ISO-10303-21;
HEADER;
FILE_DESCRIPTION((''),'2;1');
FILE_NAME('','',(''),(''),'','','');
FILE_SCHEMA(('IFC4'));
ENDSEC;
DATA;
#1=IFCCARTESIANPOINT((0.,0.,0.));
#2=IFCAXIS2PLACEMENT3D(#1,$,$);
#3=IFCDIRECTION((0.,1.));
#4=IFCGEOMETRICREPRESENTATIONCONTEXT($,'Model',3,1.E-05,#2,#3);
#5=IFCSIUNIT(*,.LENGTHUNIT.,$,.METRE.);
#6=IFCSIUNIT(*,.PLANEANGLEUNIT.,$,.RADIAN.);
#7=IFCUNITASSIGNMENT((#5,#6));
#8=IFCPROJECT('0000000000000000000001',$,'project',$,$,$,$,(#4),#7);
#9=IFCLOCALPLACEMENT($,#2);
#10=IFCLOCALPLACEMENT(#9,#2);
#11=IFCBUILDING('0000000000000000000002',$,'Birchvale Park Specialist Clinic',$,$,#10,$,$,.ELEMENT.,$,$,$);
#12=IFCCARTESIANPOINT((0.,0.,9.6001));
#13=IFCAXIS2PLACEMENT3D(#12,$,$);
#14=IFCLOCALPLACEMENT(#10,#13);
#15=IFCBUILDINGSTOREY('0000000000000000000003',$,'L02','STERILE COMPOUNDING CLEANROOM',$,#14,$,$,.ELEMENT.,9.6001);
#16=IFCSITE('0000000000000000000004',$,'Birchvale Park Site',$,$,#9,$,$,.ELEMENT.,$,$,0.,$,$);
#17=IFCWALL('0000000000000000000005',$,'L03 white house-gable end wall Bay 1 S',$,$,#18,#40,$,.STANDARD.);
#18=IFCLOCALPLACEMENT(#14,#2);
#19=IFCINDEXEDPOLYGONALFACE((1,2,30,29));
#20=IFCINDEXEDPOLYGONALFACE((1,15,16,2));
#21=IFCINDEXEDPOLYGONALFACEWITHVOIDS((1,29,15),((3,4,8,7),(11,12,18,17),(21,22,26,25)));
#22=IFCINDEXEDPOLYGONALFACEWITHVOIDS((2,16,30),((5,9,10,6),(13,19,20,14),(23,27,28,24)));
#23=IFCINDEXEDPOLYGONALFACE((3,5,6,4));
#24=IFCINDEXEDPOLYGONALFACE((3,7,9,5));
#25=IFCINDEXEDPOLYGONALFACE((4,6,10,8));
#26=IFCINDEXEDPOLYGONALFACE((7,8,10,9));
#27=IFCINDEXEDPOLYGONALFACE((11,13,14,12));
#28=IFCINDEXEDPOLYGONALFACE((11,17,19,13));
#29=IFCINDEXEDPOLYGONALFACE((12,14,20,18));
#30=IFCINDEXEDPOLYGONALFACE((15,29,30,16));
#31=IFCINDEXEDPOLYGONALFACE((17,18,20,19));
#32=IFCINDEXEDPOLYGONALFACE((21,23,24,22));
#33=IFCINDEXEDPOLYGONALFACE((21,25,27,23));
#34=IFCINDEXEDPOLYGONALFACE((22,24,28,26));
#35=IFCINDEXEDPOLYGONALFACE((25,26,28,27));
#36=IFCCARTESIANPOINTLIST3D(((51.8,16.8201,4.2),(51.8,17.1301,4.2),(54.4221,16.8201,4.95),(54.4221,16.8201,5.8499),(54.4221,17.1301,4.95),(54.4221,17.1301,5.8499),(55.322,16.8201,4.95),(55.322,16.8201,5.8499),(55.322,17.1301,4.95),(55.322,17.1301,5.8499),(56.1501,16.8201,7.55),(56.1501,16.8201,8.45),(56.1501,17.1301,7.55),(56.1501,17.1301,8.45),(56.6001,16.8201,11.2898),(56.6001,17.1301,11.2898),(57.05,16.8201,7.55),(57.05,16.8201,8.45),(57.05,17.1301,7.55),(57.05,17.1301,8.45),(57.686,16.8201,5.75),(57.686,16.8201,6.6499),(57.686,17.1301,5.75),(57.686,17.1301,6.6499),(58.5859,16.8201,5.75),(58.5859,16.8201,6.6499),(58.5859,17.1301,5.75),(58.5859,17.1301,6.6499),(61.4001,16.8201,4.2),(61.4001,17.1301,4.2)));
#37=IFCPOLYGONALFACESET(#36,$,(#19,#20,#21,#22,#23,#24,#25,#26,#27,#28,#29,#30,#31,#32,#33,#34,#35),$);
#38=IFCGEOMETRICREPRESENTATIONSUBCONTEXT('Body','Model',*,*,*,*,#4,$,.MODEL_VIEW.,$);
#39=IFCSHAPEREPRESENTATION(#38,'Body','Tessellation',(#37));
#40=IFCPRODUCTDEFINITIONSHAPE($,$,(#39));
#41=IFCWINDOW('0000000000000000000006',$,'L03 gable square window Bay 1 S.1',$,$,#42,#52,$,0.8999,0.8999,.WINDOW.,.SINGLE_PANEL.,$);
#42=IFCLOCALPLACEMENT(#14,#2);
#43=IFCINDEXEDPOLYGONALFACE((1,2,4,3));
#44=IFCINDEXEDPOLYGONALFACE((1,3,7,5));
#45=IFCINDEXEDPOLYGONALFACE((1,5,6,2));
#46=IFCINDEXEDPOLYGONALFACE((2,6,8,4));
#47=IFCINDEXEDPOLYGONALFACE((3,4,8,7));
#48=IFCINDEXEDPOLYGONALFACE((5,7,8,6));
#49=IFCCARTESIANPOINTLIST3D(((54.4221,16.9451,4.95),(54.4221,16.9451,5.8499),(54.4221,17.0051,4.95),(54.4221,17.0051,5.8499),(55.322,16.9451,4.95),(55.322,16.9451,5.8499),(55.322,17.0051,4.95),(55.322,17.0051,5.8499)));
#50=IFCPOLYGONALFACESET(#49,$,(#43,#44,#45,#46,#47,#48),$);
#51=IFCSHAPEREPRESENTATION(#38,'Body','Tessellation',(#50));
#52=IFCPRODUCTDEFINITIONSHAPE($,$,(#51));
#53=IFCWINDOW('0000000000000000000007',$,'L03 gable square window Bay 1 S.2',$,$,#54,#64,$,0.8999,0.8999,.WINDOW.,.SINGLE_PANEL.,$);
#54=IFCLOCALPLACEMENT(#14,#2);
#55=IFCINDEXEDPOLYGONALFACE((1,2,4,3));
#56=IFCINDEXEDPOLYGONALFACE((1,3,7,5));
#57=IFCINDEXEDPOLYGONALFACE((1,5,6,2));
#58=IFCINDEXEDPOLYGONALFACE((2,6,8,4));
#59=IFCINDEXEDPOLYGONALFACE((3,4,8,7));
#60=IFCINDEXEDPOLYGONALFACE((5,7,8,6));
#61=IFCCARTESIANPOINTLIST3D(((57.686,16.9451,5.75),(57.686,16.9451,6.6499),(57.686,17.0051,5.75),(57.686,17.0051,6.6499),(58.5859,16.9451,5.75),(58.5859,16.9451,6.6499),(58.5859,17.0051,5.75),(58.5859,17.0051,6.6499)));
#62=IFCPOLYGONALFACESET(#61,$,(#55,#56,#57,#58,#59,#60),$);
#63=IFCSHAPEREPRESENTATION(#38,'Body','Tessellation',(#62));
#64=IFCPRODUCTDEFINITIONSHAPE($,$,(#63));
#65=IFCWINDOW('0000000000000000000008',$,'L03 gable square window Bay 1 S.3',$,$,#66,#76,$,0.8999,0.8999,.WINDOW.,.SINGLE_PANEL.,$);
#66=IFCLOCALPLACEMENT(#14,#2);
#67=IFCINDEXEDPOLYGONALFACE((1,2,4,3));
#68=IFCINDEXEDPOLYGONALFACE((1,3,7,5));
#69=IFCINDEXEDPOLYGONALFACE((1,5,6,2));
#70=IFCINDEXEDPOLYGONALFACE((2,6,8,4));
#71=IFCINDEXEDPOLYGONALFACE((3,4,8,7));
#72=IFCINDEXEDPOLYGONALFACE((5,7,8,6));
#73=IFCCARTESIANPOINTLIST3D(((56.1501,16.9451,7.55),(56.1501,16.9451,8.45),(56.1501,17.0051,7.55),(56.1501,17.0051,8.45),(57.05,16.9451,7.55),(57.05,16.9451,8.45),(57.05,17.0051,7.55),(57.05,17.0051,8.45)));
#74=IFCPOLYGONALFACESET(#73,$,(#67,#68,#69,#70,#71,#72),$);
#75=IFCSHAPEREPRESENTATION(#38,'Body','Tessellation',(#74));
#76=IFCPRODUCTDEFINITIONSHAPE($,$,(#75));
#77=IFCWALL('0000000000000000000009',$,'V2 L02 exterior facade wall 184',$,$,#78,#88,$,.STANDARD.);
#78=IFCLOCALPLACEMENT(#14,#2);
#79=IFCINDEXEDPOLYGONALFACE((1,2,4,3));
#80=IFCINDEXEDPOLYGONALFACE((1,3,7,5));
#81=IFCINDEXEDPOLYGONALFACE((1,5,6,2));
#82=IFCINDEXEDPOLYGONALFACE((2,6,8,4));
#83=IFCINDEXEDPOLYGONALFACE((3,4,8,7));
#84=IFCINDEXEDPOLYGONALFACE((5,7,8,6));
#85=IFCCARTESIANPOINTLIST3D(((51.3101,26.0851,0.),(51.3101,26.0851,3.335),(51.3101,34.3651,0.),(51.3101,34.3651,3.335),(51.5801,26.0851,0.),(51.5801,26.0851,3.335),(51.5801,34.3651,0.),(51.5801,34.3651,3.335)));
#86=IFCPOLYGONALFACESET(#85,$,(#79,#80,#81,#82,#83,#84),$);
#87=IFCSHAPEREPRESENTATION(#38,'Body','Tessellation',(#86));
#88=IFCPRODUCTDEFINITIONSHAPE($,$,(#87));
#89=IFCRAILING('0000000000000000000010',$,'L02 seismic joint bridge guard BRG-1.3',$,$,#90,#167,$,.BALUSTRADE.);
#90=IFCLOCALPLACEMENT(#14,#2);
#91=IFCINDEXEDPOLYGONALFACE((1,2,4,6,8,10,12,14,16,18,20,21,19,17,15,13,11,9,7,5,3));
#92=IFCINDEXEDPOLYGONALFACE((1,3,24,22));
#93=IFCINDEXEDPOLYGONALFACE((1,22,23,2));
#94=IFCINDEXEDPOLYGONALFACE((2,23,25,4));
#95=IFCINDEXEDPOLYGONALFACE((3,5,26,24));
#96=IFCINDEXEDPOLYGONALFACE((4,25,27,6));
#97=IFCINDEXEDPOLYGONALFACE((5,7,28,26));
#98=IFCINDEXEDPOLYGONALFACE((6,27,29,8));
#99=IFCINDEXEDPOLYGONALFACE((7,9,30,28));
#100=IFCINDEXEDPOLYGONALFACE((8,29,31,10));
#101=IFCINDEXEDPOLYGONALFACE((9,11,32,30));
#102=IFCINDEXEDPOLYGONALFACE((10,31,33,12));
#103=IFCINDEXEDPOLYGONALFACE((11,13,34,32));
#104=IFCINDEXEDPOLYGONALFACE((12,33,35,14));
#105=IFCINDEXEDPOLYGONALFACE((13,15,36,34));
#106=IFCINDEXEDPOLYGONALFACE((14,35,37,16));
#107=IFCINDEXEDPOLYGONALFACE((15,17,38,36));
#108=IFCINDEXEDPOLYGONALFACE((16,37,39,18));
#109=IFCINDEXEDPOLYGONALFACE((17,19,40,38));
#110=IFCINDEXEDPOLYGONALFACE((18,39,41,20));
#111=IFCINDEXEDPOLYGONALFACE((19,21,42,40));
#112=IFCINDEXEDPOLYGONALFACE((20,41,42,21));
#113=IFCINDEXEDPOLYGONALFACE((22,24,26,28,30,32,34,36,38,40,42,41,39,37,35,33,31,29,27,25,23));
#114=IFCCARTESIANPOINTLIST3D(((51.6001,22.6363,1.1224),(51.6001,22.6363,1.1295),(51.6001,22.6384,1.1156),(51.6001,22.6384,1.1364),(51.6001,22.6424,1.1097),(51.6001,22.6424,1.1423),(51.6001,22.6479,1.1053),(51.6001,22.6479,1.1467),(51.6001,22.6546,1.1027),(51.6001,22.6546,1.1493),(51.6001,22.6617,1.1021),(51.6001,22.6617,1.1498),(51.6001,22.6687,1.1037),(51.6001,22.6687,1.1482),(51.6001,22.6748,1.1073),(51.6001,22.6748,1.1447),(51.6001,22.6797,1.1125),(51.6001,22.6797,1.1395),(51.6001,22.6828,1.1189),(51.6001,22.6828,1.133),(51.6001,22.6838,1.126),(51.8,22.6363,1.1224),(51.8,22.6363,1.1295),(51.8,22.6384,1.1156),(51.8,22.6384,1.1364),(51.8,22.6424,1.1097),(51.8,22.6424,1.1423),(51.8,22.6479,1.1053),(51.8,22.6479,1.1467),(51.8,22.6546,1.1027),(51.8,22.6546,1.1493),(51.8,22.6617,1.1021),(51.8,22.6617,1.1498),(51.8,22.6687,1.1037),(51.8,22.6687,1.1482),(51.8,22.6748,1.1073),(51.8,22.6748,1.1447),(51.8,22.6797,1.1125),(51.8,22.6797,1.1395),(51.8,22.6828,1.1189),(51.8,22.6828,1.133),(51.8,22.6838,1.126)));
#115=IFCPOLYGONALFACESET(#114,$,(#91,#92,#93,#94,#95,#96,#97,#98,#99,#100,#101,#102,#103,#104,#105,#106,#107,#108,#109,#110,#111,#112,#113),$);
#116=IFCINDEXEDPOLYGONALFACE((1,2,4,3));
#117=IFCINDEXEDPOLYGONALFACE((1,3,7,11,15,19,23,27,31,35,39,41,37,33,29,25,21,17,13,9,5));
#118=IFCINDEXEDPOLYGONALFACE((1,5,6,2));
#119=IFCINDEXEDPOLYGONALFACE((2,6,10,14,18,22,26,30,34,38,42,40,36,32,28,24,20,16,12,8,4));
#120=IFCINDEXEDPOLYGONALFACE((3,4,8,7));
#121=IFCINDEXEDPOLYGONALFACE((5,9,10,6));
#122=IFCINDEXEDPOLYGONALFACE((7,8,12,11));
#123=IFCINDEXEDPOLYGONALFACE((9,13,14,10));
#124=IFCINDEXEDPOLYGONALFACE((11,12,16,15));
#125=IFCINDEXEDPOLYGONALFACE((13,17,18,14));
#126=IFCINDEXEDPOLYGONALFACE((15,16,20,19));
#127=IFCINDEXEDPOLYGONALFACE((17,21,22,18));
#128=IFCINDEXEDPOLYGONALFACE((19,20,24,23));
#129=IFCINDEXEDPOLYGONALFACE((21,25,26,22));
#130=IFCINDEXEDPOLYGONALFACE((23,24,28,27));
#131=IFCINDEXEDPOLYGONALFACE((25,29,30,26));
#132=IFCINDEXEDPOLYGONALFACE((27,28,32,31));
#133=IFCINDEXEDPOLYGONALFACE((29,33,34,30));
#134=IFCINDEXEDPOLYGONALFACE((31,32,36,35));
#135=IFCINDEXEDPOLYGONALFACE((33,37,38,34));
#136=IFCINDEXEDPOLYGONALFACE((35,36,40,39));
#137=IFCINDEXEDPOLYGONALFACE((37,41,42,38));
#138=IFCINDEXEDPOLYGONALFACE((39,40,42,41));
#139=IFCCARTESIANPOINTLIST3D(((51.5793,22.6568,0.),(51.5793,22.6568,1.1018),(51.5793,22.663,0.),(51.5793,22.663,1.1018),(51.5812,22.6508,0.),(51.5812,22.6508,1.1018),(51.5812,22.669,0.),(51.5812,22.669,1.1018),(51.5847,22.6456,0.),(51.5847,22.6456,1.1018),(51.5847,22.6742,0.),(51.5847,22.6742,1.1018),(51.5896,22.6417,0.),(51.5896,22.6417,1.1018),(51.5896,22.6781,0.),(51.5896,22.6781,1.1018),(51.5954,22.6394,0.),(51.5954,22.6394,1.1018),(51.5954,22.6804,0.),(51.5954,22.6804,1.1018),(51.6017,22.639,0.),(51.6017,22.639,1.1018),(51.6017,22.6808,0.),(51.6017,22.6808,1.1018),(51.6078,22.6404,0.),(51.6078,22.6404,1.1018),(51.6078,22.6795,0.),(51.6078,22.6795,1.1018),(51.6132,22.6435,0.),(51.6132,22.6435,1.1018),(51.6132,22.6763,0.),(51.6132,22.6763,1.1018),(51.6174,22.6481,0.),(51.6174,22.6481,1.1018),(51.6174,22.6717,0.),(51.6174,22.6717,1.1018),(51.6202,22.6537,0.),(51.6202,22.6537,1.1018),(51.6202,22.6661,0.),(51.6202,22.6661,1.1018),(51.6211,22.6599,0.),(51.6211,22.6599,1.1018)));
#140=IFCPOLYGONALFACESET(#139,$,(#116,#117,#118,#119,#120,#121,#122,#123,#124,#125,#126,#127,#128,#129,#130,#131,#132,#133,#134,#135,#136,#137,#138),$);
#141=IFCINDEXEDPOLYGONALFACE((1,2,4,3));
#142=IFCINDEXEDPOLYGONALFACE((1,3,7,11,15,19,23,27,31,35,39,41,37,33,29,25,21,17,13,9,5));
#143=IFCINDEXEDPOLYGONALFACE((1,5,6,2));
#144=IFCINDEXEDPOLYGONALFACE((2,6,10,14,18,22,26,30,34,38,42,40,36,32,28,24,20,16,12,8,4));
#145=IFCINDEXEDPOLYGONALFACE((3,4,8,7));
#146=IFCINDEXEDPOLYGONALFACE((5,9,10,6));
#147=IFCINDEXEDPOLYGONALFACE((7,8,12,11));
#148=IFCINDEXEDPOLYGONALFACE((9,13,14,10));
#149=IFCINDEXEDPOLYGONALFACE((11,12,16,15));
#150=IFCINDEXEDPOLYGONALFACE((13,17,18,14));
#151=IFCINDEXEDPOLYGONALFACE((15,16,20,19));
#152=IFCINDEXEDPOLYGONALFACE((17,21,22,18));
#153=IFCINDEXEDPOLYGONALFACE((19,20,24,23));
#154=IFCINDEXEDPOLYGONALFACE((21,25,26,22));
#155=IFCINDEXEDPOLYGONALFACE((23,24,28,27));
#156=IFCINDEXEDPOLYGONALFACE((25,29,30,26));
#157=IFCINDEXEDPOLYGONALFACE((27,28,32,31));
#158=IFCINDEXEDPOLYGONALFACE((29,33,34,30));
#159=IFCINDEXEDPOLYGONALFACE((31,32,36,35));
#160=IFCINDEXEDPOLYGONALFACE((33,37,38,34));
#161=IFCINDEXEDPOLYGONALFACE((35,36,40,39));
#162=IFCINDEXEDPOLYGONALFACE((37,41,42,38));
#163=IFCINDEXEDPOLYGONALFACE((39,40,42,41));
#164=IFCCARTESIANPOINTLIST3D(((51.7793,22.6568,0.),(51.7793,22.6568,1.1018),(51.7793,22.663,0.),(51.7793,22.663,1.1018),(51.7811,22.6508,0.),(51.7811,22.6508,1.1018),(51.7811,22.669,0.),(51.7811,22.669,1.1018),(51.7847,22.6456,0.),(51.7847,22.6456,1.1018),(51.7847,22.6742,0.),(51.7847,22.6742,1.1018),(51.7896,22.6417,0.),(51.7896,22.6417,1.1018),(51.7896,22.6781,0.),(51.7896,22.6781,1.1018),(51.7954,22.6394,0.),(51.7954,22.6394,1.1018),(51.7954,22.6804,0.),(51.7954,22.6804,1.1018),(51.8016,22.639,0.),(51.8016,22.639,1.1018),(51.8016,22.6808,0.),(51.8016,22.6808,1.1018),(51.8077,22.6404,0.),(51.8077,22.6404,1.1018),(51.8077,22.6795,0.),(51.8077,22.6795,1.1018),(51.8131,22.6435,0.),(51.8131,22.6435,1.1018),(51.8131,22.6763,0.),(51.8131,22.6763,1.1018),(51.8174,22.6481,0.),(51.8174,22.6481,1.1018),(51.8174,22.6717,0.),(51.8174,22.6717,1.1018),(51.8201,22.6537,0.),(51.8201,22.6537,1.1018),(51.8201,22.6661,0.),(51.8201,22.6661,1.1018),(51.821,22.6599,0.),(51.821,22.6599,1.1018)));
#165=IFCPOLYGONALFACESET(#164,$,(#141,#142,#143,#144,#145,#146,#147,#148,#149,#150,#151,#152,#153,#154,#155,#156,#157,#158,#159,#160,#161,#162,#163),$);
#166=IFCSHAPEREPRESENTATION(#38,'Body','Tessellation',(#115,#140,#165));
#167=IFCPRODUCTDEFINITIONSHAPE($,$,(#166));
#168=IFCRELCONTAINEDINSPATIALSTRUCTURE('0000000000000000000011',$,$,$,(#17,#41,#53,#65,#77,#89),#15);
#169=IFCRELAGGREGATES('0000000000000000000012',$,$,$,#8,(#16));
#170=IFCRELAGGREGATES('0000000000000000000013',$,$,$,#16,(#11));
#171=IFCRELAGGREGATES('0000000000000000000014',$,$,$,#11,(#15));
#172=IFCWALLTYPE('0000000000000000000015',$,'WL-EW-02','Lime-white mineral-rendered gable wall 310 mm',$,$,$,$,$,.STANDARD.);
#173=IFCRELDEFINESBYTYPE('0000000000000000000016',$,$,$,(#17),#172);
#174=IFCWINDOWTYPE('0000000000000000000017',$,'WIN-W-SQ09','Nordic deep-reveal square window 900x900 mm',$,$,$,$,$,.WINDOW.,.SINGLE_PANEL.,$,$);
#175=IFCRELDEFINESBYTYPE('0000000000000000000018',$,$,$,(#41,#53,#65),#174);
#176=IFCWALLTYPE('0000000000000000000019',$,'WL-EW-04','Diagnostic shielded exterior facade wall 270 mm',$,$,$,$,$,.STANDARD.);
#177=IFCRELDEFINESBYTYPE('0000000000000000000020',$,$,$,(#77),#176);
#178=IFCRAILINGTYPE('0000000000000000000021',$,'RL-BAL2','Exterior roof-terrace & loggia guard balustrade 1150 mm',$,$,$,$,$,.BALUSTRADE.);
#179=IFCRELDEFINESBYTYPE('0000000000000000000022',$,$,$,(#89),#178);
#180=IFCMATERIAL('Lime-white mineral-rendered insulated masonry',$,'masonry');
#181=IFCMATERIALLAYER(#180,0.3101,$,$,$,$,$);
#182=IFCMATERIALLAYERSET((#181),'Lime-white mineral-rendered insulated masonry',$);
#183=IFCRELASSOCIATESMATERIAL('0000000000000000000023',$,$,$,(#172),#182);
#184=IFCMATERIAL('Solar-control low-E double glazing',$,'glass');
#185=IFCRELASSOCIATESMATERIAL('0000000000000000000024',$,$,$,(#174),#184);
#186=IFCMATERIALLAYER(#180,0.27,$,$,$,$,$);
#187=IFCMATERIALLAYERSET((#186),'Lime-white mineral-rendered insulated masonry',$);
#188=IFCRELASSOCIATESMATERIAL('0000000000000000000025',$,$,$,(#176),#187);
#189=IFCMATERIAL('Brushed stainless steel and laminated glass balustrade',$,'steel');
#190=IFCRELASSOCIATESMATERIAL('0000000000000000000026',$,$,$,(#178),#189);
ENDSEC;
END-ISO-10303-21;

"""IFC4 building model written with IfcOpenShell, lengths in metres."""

from ifc_helpers import new_model, si_unit, direction, frame, frame_2d, origin, origin_2d, place, context, subcontext, project, spatial, polyline, rectangle, circle, outline, extrude, material, layer, layer_set, type_object, element, fill, save


model = new_model("IFC4")

# Units and contexts
model_context = context("Model", 3, precision=1e-05, world=origin(), true_north=direction((0.0, 1.0)))
body_context = subcontext(model_context, "Body", "Model", "MODEL_VIEW")
ifc_project = project(units=[si_unit("LENGTHUNIT", "METRE"), si_unit("PLANEANGLEUNIT", "RADIAN")], contexts=[model_context])

# Site, building, storey
site_placement = place(None, origin())
site = spatial("IfcSite", under=ifc_project, at=site_placement, Name="Birchvale Park Site", CompositionType="ELEMENT", RefElevation=0.0)
building_placement = place(site_placement, origin())
building = spatial("IfcBuilding", under=site, at=building_placement, Name="Birchvale Park Specialist Clinic", CompositionType="ELEMENT")
storey_placement = place(building_placement, frame((0.0, 0.0, 9.6001)))
storey = spatial("IfcBuildingStorey", under=building, at=storey_placement, Name="L02", Description="STERILE COMPOUNDING CLEANROOM", CompositionType="ELEMENT", Elevation=9.6001)

# Shared definitions
ifc_material_1 = material(Name="Solar-control low-E double glazing", Category="glass")

# Shared definitions
ifc_material_2 = material(Name="Lime-white mineral-rendered insulated masonry", Category="masonry")

# Wall, openings, windows
ifc_layer_1 = layer(ifc_material_2, 0.3101)
ifc_layer_set_1 = layer_set([ifc_layer_1], Name="Lime-white mineral-rendered insulated masonry")
wall_type_1 = type_object("IfcWallType", Name="WL-EW-02", Description="Lime-white mineral-rendered gable wall 310 mm", PredefinedType="STANDARD", material=ifc_layer_set_1)
wall_1_placement = place(storey_placement, frame((51.8, 16.9751, 4.2), z_axis=(0.0, 0.0, 1.0), x_axis=(1.0, 0.0, 0.0)))
wall_1 = element("IfcWall", 1, at=wall_1_placement, inside=storey, type_object=wall_type_1, Name="L03 white house-gable end wall Bay 1 S", PredefinedType="STANDARD", context=body_context, shape_type="SweptSolid", body=[
    extrude(outline(polyline([(0.0, 0.0), (9.5999, 0.0), (9.6001, 0.0), (4.8, 7.0898), (0.0, 0.0), (0.0, 0.0)])), frame((0.0, 0.155, 0.0), z_axis=(0.0, -1.0, 0.0), x_axis=(1.0, 0.0, 0.0)), (0.0, 0.0, 1.0), 0.3101),
])
opening_1_placement = place(wall_1_placement, frame((2.6221, 0.0, 0.75)))
opening_1 = element("IfcOpeningElement", 2, at=opening_1_placement, cuts=wall_1, PredefinedType="OPENING", context=body_context, shape_type="SweptSolid", body=[
    extrude(rectangle(XDim=0.8999, YDim=0.8999, at=frame_2d((0.45, 0.45))), frame((0.0, 0.165, 0.0), z_axis=(0.0, -1.0, 0.0), x_axis=(1.0, 0.0, 0.0)), (0.0, 0.0, 1.0), 0.3301),
])
opening_2_placement = place(wall_1_placement, frame((5.886, 0.0, 1.55)))
opening_2 = element("IfcOpeningElement", 3, at=opening_2_placement, cuts=wall_1, PredefinedType="OPENING", context=body_context, shape_type="SweptSolid", body=[
    extrude(rectangle(XDim=0.8999, YDim=0.8999, at=frame_2d((0.45, 0.45))), frame((0.0, 0.165, 0.0), z_axis=(0.0, -1.0, 0.0), x_axis=(1.0, 0.0, 0.0)), (0.0, 0.0, 1.0), 0.3301),
])
opening_3_placement = place(wall_1_placement, frame((4.3501, 0.0, 3.3501)))
opening_3 = element("IfcOpeningElement", 4, at=opening_3_placement, cuts=wall_1, PredefinedType="OPENING", context=body_context, shape_type="SweptSolid", body=[
    extrude(rectangle(XDim=0.8999, YDim=0.8999, at=frame_2d((0.45, 0.45))), frame((0.0, 0.165, 0.0), z_axis=(0.0, -1.0, 0.0), x_axis=(1.0, 0.0, 0.0)), (0.0, 0.0, 1.0), 0.3301),
])
window_type = type_object("IfcWindowType", Name="WIN-W-SQ09", Description="Nordic deep-reveal square window 900x900 mm", PartitioningType="SINGLE_PANEL", PredefinedType="WINDOW", material=ifc_material_1)
window_1_placement = place(opening_1_placement, origin())
window_1 = element("IfcWindow", 5, at=window_1_placement, inside=storey, type_object=window_type, Name="L03 gable square window Bay 1 S.1", OverallHeight=0.8999, OverallWidth=0.8999, PartitioningType="SINGLE_PANEL", PredefinedType="WINDOW", context=body_context, shape_type="SweptSolid", body=[
    extrude(rectangle(XDim=0.8999, YDim=0.8999, at=frame_2d((0.45, 0.45))), frame((0.0, 0.03, 0.0), z_axis=(0.0, -1.0, 0.0), x_axis=(1.0, 0.0, 0.0)), (0.0, 0.0, 1.0), 0.0601),
])
fill(opening_1, window_1)
window_2_placement = place(opening_2_placement, origin())
window_2 = element("IfcWindow", 6, at=window_2_placement, inside=storey, type_object=window_type, Name="L03 gable square window Bay 1 S.2", OverallHeight=0.8999, OverallWidth=0.8999, PartitioningType="SINGLE_PANEL", PredefinedType="WINDOW", context=body_context, shape_type="SweptSolid", body=[
    extrude(rectangle(XDim=0.8999, YDim=0.8999, at=frame_2d((0.45, 0.45))), frame((0.0, 0.03, 0.0), z_axis=(0.0, -1.0, 0.0), x_axis=(1.0, 0.0, 0.0)), (0.0, 0.0, 1.0), 0.0601),
])
fill(opening_2, window_2)
window_3_placement = place(opening_3_placement, origin())
window_3 = element("IfcWindow", 7, at=window_3_placement, inside=storey, type_object=window_type, Name="L03 gable square window Bay 1 S.3", OverallHeight=0.8999, OverallWidth=0.8999, PartitioningType="SINGLE_PANEL", PredefinedType="WINDOW", context=body_context, shape_type="SweptSolid", body=[
    extrude(rectangle(XDim=0.8999, YDim=0.8999, at=frame_2d((0.45, 0.45))), frame((0.0, 0.03, 0.0), z_axis=(0.0, -1.0, 0.0), x_axis=(1.0, 0.0, 0.0)), (0.0, 0.0, 1.0), 0.0601),
])
fill(opening_3, window_3)

# Wall
ifc_layer_2 = layer(ifc_material_2, 0.27)
ifc_layer_set_2 = layer_set([ifc_layer_2], Name="Lime-white mineral-rendered insulated masonry")
wall_type_2 = type_object("IfcWallType", Name="WL-EW-04", Description="Diagnostic shielded exterior facade wall 270 mm", PredefinedType="STANDARD", material=ifc_layer_set_2)
wall_2_placement = place(storey_placement, frame((51.4451, 26.085, 0.0), z_axis=(0.0, 0.0, 1.0), x_axis=(0.0, 1.0, 0.0)))
element("IfcWall", 8, at=wall_2_placement, inside=storey, type_object=wall_type_2, Name="V2 L02 exterior facade wall 184", PredefinedType="STANDARD", context=body_context, shape_type="SweptSolid", body=[
    extrude(rectangle(XDim=8.28, YDim=0.27, at=frame_2d((4.1401, 0.0))), origin(), (0.0, 0.0, 1.0), 3.335),
])

# Railing
ifc_material_3 = material(Name="Brushed stainless steel and laminated glass balustrade", Category="steel")
railing_type = type_object("IfcRailingType", Name="RL-BAL2", Description="Exterior roof-terrace & loggia guard balustrade 1150 mm", PredefinedType="BALUSTRADE", material=ifc_material_3)
for number, where, name in (
    (9, (51.6001, 22.6599, 0.0), "L02 seismic joint bridge guard BRG-1.3"),
):
    element("IfcRailing", number, at=place(storey_placement, frame(where)), inside=storey, type_object=railing_type, Name=name, PredefinedType="BALUSTRADE", context=body_context, shape_type="SweptSolid", body=[
        extrude(circle(Radius=0.0239, at=origin_2d()), frame((0.0, 0.0, 1.126), z_axis=(1.0, 0.0, 0.0), x_axis=(0.0, 1.0, 0.0)), (0.0, 0.0, 1.0), 0.2),
        extrude(circle(Radius=0.021, at=origin_2d()), origin(), (0.0, 0.0, 1.0), 1.1018),
        extrude(circle(Radius=0.021, at=origin_2d()), frame((0.2, 0.0, 0.0)), (0.0, 0.0, 1.0), 1.1018),
    ])

save(model, "model.ifc")
